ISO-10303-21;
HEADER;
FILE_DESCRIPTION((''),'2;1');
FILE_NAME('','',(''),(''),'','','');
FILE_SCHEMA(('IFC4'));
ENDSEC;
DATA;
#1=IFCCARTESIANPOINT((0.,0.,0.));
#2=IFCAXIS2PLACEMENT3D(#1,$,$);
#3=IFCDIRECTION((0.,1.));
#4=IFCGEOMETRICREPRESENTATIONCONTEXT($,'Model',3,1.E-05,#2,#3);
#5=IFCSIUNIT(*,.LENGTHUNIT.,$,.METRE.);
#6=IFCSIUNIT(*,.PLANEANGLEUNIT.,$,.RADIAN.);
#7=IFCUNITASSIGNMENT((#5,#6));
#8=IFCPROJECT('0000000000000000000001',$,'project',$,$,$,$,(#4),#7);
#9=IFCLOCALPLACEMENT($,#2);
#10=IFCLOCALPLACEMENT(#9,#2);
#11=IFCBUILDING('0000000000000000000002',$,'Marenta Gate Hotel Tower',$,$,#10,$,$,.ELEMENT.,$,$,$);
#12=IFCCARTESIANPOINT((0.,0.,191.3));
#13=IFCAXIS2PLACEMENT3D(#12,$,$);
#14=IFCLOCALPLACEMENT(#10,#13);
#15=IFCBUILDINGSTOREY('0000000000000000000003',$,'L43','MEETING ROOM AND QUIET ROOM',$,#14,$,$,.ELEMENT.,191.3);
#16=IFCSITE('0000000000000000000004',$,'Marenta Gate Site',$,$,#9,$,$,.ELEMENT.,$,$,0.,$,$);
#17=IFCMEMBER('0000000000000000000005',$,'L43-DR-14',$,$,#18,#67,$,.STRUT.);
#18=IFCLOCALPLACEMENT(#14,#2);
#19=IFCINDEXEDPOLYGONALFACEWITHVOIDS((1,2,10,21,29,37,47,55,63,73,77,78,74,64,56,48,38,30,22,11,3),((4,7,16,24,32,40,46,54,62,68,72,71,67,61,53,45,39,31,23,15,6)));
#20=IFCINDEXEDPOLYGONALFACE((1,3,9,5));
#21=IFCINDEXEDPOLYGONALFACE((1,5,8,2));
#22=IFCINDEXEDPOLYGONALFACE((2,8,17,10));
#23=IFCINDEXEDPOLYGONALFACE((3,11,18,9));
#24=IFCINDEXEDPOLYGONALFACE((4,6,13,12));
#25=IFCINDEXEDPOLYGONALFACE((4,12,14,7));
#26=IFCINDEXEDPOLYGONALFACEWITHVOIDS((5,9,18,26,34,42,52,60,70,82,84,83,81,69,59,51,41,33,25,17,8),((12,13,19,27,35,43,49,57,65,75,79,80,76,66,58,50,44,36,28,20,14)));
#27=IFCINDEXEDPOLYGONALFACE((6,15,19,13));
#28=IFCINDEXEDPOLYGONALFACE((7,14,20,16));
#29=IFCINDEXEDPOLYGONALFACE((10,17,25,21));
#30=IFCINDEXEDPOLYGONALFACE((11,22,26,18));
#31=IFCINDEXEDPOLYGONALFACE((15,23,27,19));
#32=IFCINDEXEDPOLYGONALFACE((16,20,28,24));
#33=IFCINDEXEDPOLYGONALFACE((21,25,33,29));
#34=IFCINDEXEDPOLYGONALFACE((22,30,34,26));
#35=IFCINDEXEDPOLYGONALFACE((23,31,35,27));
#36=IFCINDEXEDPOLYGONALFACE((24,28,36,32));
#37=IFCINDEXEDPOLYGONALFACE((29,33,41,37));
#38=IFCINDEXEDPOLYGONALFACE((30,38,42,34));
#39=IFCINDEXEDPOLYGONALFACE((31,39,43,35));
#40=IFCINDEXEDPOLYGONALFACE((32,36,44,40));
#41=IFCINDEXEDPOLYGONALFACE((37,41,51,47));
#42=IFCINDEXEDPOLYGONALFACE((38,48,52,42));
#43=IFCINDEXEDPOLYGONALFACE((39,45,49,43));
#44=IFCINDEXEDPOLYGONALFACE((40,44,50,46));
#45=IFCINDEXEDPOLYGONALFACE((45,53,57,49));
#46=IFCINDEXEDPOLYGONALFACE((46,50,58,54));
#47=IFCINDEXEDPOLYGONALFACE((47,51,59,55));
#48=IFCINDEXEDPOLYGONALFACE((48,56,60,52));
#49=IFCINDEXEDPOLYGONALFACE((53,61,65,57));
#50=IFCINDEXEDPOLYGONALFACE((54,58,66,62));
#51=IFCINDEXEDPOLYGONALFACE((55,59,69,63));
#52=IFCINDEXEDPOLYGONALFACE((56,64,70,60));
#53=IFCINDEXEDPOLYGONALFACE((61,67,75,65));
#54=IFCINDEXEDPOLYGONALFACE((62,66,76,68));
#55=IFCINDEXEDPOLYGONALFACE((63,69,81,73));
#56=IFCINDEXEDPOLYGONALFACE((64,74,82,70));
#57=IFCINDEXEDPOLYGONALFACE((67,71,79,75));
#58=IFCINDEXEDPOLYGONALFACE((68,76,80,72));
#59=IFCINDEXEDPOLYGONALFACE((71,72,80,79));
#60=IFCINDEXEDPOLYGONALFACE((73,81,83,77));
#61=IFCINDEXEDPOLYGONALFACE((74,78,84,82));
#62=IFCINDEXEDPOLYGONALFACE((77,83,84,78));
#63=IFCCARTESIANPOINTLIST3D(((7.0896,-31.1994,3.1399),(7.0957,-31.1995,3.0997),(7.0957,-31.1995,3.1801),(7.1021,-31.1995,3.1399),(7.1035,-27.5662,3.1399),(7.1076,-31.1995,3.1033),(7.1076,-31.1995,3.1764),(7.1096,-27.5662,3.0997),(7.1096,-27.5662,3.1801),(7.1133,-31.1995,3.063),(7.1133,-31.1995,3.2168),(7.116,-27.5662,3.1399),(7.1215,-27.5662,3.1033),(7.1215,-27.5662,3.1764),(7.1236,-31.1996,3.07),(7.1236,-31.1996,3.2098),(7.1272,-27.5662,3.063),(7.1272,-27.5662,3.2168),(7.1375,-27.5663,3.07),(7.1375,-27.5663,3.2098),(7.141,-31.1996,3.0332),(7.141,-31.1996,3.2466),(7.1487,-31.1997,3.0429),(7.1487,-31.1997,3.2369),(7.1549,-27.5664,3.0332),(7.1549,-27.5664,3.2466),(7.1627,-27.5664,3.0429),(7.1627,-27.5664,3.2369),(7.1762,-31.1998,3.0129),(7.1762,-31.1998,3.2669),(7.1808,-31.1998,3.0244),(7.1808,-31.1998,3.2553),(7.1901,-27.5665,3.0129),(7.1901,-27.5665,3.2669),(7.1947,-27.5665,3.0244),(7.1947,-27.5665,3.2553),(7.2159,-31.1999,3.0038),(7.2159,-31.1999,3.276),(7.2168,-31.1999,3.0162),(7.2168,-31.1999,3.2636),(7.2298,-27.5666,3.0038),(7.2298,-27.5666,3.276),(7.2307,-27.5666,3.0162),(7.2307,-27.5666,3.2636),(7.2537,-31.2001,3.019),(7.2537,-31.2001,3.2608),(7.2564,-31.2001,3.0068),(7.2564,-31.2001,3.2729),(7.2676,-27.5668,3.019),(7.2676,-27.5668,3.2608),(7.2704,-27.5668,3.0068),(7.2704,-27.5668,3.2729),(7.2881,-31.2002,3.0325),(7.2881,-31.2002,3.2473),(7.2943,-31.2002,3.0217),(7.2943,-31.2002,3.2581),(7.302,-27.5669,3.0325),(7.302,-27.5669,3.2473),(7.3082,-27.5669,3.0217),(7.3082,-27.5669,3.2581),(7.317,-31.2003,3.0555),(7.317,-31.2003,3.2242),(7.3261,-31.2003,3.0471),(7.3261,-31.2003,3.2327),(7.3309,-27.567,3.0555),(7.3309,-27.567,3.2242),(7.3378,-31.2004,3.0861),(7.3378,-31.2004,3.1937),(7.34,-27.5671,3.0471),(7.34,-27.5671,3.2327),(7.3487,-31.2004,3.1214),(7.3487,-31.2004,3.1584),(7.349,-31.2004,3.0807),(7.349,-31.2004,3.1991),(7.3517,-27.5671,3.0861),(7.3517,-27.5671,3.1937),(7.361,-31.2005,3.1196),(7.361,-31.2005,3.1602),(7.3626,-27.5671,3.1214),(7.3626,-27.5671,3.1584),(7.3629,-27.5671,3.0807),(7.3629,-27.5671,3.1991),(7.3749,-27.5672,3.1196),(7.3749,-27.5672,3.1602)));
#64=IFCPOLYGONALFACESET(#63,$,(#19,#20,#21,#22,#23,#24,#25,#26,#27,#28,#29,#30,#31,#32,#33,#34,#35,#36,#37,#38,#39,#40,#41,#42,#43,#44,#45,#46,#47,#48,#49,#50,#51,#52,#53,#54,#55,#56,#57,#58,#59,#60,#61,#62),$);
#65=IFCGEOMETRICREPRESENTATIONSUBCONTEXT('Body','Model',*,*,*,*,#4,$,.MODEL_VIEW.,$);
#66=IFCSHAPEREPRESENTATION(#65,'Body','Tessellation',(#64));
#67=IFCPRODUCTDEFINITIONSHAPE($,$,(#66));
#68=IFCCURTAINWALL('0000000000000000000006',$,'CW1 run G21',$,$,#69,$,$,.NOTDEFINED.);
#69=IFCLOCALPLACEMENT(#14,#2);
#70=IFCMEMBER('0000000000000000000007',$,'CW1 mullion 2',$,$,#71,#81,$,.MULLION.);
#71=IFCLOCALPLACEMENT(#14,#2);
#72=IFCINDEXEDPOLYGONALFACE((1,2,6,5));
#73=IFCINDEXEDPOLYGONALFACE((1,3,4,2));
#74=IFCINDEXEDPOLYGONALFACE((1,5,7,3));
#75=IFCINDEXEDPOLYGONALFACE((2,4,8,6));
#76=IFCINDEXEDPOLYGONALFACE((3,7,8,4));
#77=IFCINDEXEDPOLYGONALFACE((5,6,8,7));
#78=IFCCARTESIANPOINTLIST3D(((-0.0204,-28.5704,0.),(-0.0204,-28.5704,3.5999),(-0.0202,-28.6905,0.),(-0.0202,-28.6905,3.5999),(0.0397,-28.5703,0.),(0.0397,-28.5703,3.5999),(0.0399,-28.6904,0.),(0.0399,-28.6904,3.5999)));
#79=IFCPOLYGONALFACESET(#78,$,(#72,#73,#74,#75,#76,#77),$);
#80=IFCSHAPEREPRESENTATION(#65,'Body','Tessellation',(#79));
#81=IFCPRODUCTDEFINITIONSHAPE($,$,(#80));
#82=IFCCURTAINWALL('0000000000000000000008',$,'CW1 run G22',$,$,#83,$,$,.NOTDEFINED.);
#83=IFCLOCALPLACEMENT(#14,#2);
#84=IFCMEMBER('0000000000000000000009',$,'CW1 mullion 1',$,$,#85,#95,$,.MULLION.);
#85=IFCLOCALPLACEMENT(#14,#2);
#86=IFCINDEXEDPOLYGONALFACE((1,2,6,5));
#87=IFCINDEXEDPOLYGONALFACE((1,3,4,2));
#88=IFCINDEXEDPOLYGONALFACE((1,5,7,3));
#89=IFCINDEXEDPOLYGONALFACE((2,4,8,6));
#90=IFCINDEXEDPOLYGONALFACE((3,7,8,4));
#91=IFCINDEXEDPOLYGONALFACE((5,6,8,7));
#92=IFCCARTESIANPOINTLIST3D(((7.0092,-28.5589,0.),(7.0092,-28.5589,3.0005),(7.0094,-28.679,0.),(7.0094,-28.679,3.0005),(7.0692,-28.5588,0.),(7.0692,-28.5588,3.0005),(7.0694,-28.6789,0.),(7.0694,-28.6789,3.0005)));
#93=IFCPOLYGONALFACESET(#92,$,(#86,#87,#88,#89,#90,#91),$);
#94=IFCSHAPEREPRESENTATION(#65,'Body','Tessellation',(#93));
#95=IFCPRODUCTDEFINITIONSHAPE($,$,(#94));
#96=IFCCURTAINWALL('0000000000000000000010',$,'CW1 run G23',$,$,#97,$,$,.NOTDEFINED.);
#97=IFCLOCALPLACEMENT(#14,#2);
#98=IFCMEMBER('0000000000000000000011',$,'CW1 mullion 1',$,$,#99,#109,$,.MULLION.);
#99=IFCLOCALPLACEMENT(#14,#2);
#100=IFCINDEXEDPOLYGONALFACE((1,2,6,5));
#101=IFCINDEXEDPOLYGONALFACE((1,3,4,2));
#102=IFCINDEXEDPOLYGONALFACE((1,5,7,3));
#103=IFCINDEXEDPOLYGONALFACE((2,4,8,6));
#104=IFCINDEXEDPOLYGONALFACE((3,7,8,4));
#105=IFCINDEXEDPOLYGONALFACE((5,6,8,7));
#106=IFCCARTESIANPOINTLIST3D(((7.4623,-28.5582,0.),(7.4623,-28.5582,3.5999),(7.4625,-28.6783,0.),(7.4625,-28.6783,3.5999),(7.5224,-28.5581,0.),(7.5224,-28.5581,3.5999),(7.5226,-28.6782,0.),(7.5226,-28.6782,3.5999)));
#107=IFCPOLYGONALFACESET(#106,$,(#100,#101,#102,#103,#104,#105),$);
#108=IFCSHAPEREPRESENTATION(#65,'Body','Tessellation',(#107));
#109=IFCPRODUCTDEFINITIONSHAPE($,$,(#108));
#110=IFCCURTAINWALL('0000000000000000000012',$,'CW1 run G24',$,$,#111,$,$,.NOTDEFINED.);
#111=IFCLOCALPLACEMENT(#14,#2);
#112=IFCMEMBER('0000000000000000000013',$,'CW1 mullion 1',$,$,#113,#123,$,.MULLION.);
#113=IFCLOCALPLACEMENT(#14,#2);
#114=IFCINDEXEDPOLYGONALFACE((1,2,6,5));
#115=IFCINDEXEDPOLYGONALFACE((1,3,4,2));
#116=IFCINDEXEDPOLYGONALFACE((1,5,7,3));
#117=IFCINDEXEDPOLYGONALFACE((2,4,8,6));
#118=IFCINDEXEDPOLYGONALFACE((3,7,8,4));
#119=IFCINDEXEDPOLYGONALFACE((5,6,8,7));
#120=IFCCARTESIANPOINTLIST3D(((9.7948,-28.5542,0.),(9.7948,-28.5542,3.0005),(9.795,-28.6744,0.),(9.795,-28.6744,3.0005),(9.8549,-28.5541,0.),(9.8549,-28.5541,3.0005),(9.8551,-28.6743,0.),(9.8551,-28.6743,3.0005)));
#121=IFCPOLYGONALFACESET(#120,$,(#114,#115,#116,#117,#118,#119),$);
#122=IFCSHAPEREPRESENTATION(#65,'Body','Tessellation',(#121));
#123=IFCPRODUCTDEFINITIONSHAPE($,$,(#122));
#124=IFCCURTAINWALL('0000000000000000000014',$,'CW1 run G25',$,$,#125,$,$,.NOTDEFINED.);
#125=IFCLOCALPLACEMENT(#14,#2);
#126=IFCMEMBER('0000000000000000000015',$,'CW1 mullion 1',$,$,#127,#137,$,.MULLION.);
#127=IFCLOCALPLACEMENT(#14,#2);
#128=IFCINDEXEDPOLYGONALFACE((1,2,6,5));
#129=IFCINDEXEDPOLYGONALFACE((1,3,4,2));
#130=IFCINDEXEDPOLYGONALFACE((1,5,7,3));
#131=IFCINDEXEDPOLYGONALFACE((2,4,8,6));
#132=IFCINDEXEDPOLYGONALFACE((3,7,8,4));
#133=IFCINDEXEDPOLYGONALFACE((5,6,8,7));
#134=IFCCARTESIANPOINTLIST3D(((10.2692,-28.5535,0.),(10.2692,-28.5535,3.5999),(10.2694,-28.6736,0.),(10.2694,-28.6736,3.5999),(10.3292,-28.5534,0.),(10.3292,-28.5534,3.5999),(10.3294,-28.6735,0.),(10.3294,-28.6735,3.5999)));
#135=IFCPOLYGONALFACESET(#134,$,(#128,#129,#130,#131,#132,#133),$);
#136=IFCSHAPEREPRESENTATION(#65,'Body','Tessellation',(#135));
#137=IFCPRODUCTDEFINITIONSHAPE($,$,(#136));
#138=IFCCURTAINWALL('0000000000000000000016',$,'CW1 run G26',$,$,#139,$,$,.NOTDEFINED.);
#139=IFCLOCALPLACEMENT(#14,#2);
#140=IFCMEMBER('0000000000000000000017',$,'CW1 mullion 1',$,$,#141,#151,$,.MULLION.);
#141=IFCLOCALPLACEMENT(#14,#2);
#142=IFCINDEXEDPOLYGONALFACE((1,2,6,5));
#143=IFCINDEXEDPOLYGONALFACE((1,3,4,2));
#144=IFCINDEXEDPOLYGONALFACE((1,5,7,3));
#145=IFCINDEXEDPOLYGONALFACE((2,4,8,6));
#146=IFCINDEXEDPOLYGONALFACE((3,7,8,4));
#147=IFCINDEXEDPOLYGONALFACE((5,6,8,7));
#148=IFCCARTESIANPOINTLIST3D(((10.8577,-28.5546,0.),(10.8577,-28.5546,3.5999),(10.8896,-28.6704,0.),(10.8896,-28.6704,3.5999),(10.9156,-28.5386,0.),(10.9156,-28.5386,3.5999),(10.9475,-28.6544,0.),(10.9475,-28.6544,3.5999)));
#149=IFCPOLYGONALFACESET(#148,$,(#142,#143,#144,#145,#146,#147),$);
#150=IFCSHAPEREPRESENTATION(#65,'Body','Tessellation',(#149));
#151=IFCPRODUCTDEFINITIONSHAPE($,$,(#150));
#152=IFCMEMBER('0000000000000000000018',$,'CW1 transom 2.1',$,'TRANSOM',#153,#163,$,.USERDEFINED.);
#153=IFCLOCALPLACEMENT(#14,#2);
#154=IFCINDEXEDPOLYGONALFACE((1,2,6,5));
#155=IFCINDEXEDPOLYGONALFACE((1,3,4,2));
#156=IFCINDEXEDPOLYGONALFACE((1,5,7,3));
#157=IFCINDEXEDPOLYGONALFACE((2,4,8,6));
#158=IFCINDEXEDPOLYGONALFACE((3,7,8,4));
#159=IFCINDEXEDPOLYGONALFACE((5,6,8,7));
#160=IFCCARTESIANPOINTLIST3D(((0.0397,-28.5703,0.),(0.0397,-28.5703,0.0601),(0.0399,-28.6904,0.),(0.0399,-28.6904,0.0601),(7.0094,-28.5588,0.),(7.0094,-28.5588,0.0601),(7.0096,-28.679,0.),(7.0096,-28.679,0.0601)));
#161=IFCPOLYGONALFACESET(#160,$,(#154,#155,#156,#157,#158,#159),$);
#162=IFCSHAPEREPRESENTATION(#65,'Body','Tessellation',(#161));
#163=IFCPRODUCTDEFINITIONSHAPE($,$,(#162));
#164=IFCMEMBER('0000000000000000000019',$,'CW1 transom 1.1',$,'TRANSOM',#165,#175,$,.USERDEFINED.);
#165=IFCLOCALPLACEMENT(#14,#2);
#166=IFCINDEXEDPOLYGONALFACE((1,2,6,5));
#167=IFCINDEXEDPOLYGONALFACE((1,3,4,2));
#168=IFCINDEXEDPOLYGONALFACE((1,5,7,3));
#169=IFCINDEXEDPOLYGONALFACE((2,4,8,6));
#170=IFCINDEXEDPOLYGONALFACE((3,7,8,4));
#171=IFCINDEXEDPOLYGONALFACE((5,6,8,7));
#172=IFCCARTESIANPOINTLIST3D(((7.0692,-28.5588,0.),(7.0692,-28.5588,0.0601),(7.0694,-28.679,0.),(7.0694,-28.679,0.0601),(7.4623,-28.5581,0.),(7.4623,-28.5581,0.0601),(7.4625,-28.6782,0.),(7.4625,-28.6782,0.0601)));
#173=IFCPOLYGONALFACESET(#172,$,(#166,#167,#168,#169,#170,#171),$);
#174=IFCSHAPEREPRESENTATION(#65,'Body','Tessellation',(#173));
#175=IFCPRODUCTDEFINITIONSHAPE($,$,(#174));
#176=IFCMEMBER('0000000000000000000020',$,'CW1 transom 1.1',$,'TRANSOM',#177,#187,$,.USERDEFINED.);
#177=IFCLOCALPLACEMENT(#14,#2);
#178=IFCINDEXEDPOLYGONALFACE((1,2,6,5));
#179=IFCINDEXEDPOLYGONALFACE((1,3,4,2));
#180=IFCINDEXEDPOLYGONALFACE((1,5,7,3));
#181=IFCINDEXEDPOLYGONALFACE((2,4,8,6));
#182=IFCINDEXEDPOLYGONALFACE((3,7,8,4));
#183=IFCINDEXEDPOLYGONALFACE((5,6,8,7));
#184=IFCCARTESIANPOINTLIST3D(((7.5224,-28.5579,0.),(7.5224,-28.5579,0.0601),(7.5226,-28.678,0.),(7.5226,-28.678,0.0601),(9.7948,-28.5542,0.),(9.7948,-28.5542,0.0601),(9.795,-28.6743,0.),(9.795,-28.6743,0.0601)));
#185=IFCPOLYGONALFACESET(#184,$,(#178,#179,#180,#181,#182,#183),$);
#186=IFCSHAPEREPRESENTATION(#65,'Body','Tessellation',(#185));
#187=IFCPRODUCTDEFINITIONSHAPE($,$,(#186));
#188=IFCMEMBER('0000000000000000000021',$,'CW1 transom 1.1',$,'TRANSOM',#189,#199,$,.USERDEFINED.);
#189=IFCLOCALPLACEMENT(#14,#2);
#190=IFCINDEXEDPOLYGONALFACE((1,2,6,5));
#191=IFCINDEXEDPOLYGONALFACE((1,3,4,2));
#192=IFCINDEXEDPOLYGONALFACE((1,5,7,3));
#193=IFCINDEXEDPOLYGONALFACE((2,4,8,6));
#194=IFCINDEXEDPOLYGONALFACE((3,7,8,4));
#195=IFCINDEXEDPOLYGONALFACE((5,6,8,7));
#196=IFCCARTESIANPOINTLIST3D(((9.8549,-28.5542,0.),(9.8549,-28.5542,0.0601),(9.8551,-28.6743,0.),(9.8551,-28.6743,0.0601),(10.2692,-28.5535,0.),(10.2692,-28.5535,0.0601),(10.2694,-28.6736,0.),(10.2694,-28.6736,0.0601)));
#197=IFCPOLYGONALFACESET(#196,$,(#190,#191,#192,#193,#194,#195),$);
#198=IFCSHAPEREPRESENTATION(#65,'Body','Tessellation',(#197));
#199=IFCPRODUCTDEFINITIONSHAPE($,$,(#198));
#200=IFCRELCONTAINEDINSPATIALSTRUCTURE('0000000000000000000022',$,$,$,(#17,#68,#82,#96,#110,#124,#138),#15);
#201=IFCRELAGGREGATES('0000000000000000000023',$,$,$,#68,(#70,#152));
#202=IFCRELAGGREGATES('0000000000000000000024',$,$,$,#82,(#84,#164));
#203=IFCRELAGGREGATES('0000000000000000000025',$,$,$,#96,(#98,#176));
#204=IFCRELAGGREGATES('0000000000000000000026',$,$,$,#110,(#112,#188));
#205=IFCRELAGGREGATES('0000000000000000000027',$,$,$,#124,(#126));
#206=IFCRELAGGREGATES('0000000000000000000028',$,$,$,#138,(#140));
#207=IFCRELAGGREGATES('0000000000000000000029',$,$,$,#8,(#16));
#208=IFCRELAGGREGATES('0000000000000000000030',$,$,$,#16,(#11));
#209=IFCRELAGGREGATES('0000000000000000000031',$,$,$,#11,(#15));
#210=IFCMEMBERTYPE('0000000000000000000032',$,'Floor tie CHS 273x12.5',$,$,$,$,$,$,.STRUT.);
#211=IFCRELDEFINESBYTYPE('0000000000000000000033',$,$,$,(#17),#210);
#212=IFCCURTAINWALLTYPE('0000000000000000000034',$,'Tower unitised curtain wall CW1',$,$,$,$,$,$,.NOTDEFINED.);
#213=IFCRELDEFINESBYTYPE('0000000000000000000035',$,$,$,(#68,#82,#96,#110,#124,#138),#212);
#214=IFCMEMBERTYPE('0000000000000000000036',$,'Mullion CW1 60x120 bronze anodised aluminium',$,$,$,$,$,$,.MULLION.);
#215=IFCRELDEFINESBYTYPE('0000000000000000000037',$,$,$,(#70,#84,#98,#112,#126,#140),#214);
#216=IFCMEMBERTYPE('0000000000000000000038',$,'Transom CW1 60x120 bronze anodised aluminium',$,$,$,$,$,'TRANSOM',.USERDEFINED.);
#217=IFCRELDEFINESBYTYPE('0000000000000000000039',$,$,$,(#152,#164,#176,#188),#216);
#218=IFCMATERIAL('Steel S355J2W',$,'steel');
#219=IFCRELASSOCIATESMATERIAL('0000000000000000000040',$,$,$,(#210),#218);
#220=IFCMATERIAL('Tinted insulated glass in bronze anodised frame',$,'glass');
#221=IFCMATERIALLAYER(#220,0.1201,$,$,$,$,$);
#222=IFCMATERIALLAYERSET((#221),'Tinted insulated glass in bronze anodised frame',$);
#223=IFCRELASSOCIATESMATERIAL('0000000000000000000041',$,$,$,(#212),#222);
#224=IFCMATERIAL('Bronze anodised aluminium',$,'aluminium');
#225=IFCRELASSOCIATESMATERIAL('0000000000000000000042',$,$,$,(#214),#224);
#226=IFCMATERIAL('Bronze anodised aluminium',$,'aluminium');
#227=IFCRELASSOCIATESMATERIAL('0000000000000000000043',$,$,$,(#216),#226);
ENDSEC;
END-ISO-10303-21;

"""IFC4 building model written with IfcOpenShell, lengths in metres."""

from ifc_helpers import new_model, si_unit, direction, frame, origin, origin_2d, place, context, subcontext, project, spatial, rectangle, hollow_circle, extrude, material, layer, layer_set, material_profile, profile_set, type_object, element, aggregate, save


model = new_model("IFC4")

# Units and contexts
model_context = context("Model", 3, precision=1e-05, world=origin(), true_north=direction((0.0, 1.0)))
body_context = subcontext(model_context, "Body", "Model", "MODEL_VIEW")
ifc_project = project(units=[si_unit("LENGTHUNIT", "METRE"), si_unit("PLANEANGLEUNIT", "RADIAN")], contexts=[model_context])

# Site, building, storey
site_placement = place(None, origin())
site = spatial("IfcSite", under=ifc_project, at=site_placement, Name="Marenta Gate Site", CompositionType="ELEMENT", RefElevation=0.0)
building_placement = place(site_placement, origin())
building = spatial("IfcBuilding", under=site, at=building_placement, Name="Marenta Gate Hotel Tower", CompositionType="ELEMENT")
storey_placement = place(building_placement, frame((0.0, 0.0, 191.3)))
storey = spatial("IfcBuildingStorey", under=building, at=storey_placement, Name="L43", Description="MEETING ROOM AND QUIET ROOM", CompositionType="ELEMENT", Elevation=191.3)

# Member
ifc_material_1 = material(Name="Steel S355J2W", Category="steel")
ifc_material_profile_1 = material_profile(ifc_material_1, hollow_circle(Radius=0.1365, WallThickness=0.0125, at=origin_2d()), Name="CHS 273x12.5")
ifc_profile_set_1 = profile_set([ifc_material_profile_1], Name="Steel S355J2W")
member_type_1 = type_object("IfcMemberType", Name="Floor tie CHS 273x12.5", PredefinedType="STRUT", material=ifc_profile_set_1)
member_1_placement = place(storey_placement, frame((7.2261, -31.2, 3.1399), z_axis=(0.00383, 0.999993, 0.0), x_axis=(-0.999993, 0.00383, 0.0)))
element("IfcMember", 1, at=member_1_placement, inside=storey, type_object=member_type_1, Name="L43-DR-14", PredefinedType="STRUT", context=body_context, shape_type="SweptSolid", body=[
    extrude(hollow_circle(Radius=0.1365, WallThickness=0.0125, at=origin_2d()), origin(), (0.0, 0.0, 1.0), 3.6333),
])

# Curtain walls, members
ifc_material_2 = material(Name="Tinted insulated glass in bronze anodised frame", Category="glass")
ifc_layer_1 = layer(ifc_material_2, 0.1201)
ifc_layer_set_1 = layer_set([ifc_layer_1], Name="Tinted insulated glass in bronze anodised frame")
curtain_wall_type = type_object("IfcCurtainWallType", Name="Tower unitised curtain wall CW1", PredefinedType="NOTDEFINED", material=ifc_layer_set_1)
curtain_wall_1_placement = place(storey_placement, origin())
curtain_wall_1 = element("IfcCurtainWall", 2, at=curtain_wall_1_placement, inside=storey, type_object=curtain_wall_type, Name="CW1 run G21", PredefinedType="NOTDEFINED")
ifc_material_3 = material(Name="Bronze anodised aluminium", Category="aluminium")
ifc_material_profile_2 = material_profile(ifc_material_3, rectangle(XDim=0.1201, YDim=0.0601, at=origin_2d()), Name="Mullion CW1 60x120 bronze anodised aluminium")
ifc_profile_set_2 = profile_set([ifc_material_profile_2], Name="Bronze anodised aluminium")
member_type_2 = type_object("IfcMemberType", Name="Mullion CW1 60x120 bronze anodised aluminium", PredefinedType="MULLION", material=ifc_profile_set_2)
member_2_placement = place(storey_placement, frame((0.0098, -28.6304, 0.0), z_axis=(0.0, 0.0, 1.0), x_axis=(-0.001636, 0.999999, 0.0)))
member_2 = element("IfcMember", 3, at=member_2_placement, type_object=member_type_2, Name="CW1 mullion 2", PredefinedType="MULLION", context=body_context, shape_type="SweptSolid", body=[
    extrude(rectangle(XDim=0.1201, YDim=0.0601, at=origin_2d()), origin(), (0.0, 0.0, 1.0), 3.5999),
])
curtain_wall_2_placement = place(storey_placement, origin())
curtain_wall_2 = element("IfcCurtainWall", 4, at=curtain_wall_2_placement, inside=storey, type_object=curtain_wall_type, Name="CW1 run G22", PredefinedType="NOTDEFINED")
member_3_placement = place(storey_placement, frame((7.0393, -28.6189, 0.0), z_axis=(0.0, 0.0, 1.0), x_axis=(-0.001766, 0.999998, 0.0)))
member_3 = element("IfcMember", 5, at=member_3_placement, type_object=member_type_2, Name="CW1 mullion 1", PredefinedType="MULLION", context=body_context, shape_type="SweptSolid", body=[
    extrude(rectangle(XDim=0.1201, YDim=0.0601, at=origin_2d()), origin(), (0.0, 0.0, 1.0), 3.0005),
])
curtain_wall_3_placement = place(storey_placement, origin())
curtain_wall_3 = element("IfcCurtainWall", 6, at=curtain_wall_3_placement, inside=storey, type_object=curtain_wall_type, Name="CW1 run G23", PredefinedType="NOTDEFINED")
member_4_placement = place(storey_placement, frame((7.4924, -28.6182, 0.0), z_axis=(0.0, 0.0, 1.0), x_axis=(-0.001629, 0.999999, 0.0)))
member_4 = element("IfcMember", 7, at=member_4_placement, type_object=member_type_2, Name="CW1 mullion 1", PredefinedType="MULLION", context=body_context, shape_type="SweptSolid", body=[
    extrude(rectangle(XDim=0.1201, YDim=0.0601, at=origin_2d()), origin(), (0.0, 0.0, 1.0), 3.5999),
])
curtain_wall_4_placement = place(storey_placement, origin())
curtain_wall_4 = element("IfcCurtainWall", 8, at=curtain_wall_4_placement, inside=storey, type_object=curtain_wall_type, Name="CW1 run G24", PredefinedType="NOTDEFINED")
member_5_placement = place(storey_placement, frame((9.825, -28.6143, 0.0), z_axis=(0.0, 0.0, 1.0), x_axis=(-0.001687, 0.999999, 0.0)))
member_5 = element("IfcMember", 9, at=member_5_placement, type_object=member_type_2, Name="CW1 mullion 1", PredefinedType="MULLION", context=body_context, shape_type="SweptSolid", body=[
    extrude(rectangle(XDim=0.1201, YDim=0.0601, at=origin_2d()), origin(), (0.0, 0.0, 1.0), 3.0005),
])
curtain_wall_5_placement = place(storey_placement, origin())
curtain_wall_5 = element("IfcCurtainWall", 10, at=curtain_wall_5_placement, inside=storey, type_object=curtain_wall_type, Name="CW1 run G25", PredefinedType="NOTDEFINED")
member_6_placement = place(storey_placement, frame((10.2993, -28.6135, 0.0), z_axis=(0.0, 0.0, 1.0), x_axis=(-0.001654, 0.999999, 0.0)))
member_6 = element("IfcMember", 11, at=member_6_placement, type_object=member_type_2, Name="CW1 mullion 1", PredefinedType="MULLION", context=body_context, shape_type="SweptSolid", body=[
    extrude(rectangle(XDim=0.1201, YDim=0.0601, at=origin_2d()), origin(), (0.0, 0.0, 1.0), 3.5999),
])
curtain_wall_6_placement = place(storey_placement, origin())
curtain_wall_6 = element("IfcCurtainWall", 12, at=curtain_wall_6_placement, inside=storey, type_object=curtain_wall_type, Name="CW1 run G26", PredefinedType="NOTDEFINED")
member_7_placement = place(storey_placement, frame((10.9026, -28.6045, 0.0), z_axis=(0.0, 0.0, 1.0), x_axis=(-0.265294, 0.964168, 0.0)))
member_7 = element("IfcMember", 13, at=member_7_placement, type_object=member_type_2, Name="CW1 mullion 1", PredefinedType="MULLION", context=body_context, shape_type="SweptSolid", body=[
    extrude(rectangle(XDim=0.1201, YDim=0.0601, at=origin_2d()), origin(), (0.0, 0.0, 1.0), 3.5999),
])

# Members
ifc_material_4 = material(Name="Bronze anodised aluminium", Category="aluminium")
ifc_material_profile_3 = material_profile(ifc_material_4, rectangle(XDim=0.1201, YDim=0.0601, at=origin_2d()), Name="Transom CW1 60x120 bronze anodised aluminium")
ifc_profile_set_3 = profile_set([ifc_material_profile_3], Name="Bronze anodised aluminium")
member_type_3 = type_object("IfcMemberType", Name="Transom CW1 60x120 bronze anodised aluminium", ElementType="TRANSOM", PredefinedType="USERDEFINED", material=ifc_profile_set_3)
member_8_placement = place(storey_placement, frame((0.0398, -28.6304, 0.03), z_axis=(0.999999, 0.001646, 0.0), x_axis=(-0.001646, 0.999999, 0.0)))
member_8 = element("IfcMember", 14, at=member_8_placement, type_object=member_type_3, Name="CW1 transom 2.1", ObjectType="TRANSOM", PredefinedType="USERDEFINED", context=body_context, shape_type="SweptSolid", body=[
    extrude(rectangle(XDim=0.1201, YDim=0.0601, at=origin_2d()), origin(), (0.0, 0.0, 1.0), 6.9697),
])
member_9_placement = place(storey_placement, frame((7.0693, -28.6189, 0.03), z_axis=(0.999998, 0.001863, 0.0), x_axis=(-0.001863, 0.999998, 0.0)))
member_9 = element("IfcMember", 15, at=member_9_placement, type_object=member_type_3, Name="CW1 transom 1.1", ObjectType="TRANSOM", PredefinedType="USERDEFINED", context=body_context, shape_type="SweptSolid", body=[
    extrude(rectangle(XDim=0.1201, YDim=0.0601, at=origin_2d()), origin(), (0.0, 0.0, 1.0), 0.3931),
])
member_10_placement = place(storey_placement, frame((7.5225, -28.6179, 0.03), z_axis=(0.999999, 0.001612, 0.0), x_axis=(-0.001612, 0.999999, 0.0)))
member_10 = element("IfcMember", 16, at=member_10_placement, type_object=member_type_3, Name="CW1 transom 1.1", ObjectType="TRANSOM", PredefinedType="USERDEFINED", context=body_context, shape_type="SweptSolid", body=[
    extrude(rectangle(XDim=0.1201, YDim=0.0601, at=origin_2d()), origin(), (0.0, 0.0, 1.0), 2.2725),
])
member_11_placement = place(storey_placement, frame((9.855, -28.6143, 0.03), z_axis=(0.999998, 0.001768, 0.0), x_axis=(-0.001768, 0.999998, 0.0)))
member_11 = element("IfcMember", 17, at=member_11_placement, type_object=member_type_3, Name="CW1 transom 1.1", ObjectType="TRANSOM", PredefinedType="USERDEFINED", context=body_context, shape_type="SweptSolid", body=[
    extrude(rectangle(XDim=0.1201, YDim=0.0601, at=origin_2d()), origin(), (0.0, 0.0, 1.0), 0.4143),
])

aggregate(curtain_wall_1, [member_2, member_8])
aggregate(curtain_wall_2, [member_3, member_9])
aggregate(curtain_wall_3, [member_4, member_10])
aggregate(curtain_wall_4, [member_5, member_11])
aggregate(curtain_wall_5, [member_6])
aggregate(curtain_wall_6, [member_7])

save(model, "model.ifc")
